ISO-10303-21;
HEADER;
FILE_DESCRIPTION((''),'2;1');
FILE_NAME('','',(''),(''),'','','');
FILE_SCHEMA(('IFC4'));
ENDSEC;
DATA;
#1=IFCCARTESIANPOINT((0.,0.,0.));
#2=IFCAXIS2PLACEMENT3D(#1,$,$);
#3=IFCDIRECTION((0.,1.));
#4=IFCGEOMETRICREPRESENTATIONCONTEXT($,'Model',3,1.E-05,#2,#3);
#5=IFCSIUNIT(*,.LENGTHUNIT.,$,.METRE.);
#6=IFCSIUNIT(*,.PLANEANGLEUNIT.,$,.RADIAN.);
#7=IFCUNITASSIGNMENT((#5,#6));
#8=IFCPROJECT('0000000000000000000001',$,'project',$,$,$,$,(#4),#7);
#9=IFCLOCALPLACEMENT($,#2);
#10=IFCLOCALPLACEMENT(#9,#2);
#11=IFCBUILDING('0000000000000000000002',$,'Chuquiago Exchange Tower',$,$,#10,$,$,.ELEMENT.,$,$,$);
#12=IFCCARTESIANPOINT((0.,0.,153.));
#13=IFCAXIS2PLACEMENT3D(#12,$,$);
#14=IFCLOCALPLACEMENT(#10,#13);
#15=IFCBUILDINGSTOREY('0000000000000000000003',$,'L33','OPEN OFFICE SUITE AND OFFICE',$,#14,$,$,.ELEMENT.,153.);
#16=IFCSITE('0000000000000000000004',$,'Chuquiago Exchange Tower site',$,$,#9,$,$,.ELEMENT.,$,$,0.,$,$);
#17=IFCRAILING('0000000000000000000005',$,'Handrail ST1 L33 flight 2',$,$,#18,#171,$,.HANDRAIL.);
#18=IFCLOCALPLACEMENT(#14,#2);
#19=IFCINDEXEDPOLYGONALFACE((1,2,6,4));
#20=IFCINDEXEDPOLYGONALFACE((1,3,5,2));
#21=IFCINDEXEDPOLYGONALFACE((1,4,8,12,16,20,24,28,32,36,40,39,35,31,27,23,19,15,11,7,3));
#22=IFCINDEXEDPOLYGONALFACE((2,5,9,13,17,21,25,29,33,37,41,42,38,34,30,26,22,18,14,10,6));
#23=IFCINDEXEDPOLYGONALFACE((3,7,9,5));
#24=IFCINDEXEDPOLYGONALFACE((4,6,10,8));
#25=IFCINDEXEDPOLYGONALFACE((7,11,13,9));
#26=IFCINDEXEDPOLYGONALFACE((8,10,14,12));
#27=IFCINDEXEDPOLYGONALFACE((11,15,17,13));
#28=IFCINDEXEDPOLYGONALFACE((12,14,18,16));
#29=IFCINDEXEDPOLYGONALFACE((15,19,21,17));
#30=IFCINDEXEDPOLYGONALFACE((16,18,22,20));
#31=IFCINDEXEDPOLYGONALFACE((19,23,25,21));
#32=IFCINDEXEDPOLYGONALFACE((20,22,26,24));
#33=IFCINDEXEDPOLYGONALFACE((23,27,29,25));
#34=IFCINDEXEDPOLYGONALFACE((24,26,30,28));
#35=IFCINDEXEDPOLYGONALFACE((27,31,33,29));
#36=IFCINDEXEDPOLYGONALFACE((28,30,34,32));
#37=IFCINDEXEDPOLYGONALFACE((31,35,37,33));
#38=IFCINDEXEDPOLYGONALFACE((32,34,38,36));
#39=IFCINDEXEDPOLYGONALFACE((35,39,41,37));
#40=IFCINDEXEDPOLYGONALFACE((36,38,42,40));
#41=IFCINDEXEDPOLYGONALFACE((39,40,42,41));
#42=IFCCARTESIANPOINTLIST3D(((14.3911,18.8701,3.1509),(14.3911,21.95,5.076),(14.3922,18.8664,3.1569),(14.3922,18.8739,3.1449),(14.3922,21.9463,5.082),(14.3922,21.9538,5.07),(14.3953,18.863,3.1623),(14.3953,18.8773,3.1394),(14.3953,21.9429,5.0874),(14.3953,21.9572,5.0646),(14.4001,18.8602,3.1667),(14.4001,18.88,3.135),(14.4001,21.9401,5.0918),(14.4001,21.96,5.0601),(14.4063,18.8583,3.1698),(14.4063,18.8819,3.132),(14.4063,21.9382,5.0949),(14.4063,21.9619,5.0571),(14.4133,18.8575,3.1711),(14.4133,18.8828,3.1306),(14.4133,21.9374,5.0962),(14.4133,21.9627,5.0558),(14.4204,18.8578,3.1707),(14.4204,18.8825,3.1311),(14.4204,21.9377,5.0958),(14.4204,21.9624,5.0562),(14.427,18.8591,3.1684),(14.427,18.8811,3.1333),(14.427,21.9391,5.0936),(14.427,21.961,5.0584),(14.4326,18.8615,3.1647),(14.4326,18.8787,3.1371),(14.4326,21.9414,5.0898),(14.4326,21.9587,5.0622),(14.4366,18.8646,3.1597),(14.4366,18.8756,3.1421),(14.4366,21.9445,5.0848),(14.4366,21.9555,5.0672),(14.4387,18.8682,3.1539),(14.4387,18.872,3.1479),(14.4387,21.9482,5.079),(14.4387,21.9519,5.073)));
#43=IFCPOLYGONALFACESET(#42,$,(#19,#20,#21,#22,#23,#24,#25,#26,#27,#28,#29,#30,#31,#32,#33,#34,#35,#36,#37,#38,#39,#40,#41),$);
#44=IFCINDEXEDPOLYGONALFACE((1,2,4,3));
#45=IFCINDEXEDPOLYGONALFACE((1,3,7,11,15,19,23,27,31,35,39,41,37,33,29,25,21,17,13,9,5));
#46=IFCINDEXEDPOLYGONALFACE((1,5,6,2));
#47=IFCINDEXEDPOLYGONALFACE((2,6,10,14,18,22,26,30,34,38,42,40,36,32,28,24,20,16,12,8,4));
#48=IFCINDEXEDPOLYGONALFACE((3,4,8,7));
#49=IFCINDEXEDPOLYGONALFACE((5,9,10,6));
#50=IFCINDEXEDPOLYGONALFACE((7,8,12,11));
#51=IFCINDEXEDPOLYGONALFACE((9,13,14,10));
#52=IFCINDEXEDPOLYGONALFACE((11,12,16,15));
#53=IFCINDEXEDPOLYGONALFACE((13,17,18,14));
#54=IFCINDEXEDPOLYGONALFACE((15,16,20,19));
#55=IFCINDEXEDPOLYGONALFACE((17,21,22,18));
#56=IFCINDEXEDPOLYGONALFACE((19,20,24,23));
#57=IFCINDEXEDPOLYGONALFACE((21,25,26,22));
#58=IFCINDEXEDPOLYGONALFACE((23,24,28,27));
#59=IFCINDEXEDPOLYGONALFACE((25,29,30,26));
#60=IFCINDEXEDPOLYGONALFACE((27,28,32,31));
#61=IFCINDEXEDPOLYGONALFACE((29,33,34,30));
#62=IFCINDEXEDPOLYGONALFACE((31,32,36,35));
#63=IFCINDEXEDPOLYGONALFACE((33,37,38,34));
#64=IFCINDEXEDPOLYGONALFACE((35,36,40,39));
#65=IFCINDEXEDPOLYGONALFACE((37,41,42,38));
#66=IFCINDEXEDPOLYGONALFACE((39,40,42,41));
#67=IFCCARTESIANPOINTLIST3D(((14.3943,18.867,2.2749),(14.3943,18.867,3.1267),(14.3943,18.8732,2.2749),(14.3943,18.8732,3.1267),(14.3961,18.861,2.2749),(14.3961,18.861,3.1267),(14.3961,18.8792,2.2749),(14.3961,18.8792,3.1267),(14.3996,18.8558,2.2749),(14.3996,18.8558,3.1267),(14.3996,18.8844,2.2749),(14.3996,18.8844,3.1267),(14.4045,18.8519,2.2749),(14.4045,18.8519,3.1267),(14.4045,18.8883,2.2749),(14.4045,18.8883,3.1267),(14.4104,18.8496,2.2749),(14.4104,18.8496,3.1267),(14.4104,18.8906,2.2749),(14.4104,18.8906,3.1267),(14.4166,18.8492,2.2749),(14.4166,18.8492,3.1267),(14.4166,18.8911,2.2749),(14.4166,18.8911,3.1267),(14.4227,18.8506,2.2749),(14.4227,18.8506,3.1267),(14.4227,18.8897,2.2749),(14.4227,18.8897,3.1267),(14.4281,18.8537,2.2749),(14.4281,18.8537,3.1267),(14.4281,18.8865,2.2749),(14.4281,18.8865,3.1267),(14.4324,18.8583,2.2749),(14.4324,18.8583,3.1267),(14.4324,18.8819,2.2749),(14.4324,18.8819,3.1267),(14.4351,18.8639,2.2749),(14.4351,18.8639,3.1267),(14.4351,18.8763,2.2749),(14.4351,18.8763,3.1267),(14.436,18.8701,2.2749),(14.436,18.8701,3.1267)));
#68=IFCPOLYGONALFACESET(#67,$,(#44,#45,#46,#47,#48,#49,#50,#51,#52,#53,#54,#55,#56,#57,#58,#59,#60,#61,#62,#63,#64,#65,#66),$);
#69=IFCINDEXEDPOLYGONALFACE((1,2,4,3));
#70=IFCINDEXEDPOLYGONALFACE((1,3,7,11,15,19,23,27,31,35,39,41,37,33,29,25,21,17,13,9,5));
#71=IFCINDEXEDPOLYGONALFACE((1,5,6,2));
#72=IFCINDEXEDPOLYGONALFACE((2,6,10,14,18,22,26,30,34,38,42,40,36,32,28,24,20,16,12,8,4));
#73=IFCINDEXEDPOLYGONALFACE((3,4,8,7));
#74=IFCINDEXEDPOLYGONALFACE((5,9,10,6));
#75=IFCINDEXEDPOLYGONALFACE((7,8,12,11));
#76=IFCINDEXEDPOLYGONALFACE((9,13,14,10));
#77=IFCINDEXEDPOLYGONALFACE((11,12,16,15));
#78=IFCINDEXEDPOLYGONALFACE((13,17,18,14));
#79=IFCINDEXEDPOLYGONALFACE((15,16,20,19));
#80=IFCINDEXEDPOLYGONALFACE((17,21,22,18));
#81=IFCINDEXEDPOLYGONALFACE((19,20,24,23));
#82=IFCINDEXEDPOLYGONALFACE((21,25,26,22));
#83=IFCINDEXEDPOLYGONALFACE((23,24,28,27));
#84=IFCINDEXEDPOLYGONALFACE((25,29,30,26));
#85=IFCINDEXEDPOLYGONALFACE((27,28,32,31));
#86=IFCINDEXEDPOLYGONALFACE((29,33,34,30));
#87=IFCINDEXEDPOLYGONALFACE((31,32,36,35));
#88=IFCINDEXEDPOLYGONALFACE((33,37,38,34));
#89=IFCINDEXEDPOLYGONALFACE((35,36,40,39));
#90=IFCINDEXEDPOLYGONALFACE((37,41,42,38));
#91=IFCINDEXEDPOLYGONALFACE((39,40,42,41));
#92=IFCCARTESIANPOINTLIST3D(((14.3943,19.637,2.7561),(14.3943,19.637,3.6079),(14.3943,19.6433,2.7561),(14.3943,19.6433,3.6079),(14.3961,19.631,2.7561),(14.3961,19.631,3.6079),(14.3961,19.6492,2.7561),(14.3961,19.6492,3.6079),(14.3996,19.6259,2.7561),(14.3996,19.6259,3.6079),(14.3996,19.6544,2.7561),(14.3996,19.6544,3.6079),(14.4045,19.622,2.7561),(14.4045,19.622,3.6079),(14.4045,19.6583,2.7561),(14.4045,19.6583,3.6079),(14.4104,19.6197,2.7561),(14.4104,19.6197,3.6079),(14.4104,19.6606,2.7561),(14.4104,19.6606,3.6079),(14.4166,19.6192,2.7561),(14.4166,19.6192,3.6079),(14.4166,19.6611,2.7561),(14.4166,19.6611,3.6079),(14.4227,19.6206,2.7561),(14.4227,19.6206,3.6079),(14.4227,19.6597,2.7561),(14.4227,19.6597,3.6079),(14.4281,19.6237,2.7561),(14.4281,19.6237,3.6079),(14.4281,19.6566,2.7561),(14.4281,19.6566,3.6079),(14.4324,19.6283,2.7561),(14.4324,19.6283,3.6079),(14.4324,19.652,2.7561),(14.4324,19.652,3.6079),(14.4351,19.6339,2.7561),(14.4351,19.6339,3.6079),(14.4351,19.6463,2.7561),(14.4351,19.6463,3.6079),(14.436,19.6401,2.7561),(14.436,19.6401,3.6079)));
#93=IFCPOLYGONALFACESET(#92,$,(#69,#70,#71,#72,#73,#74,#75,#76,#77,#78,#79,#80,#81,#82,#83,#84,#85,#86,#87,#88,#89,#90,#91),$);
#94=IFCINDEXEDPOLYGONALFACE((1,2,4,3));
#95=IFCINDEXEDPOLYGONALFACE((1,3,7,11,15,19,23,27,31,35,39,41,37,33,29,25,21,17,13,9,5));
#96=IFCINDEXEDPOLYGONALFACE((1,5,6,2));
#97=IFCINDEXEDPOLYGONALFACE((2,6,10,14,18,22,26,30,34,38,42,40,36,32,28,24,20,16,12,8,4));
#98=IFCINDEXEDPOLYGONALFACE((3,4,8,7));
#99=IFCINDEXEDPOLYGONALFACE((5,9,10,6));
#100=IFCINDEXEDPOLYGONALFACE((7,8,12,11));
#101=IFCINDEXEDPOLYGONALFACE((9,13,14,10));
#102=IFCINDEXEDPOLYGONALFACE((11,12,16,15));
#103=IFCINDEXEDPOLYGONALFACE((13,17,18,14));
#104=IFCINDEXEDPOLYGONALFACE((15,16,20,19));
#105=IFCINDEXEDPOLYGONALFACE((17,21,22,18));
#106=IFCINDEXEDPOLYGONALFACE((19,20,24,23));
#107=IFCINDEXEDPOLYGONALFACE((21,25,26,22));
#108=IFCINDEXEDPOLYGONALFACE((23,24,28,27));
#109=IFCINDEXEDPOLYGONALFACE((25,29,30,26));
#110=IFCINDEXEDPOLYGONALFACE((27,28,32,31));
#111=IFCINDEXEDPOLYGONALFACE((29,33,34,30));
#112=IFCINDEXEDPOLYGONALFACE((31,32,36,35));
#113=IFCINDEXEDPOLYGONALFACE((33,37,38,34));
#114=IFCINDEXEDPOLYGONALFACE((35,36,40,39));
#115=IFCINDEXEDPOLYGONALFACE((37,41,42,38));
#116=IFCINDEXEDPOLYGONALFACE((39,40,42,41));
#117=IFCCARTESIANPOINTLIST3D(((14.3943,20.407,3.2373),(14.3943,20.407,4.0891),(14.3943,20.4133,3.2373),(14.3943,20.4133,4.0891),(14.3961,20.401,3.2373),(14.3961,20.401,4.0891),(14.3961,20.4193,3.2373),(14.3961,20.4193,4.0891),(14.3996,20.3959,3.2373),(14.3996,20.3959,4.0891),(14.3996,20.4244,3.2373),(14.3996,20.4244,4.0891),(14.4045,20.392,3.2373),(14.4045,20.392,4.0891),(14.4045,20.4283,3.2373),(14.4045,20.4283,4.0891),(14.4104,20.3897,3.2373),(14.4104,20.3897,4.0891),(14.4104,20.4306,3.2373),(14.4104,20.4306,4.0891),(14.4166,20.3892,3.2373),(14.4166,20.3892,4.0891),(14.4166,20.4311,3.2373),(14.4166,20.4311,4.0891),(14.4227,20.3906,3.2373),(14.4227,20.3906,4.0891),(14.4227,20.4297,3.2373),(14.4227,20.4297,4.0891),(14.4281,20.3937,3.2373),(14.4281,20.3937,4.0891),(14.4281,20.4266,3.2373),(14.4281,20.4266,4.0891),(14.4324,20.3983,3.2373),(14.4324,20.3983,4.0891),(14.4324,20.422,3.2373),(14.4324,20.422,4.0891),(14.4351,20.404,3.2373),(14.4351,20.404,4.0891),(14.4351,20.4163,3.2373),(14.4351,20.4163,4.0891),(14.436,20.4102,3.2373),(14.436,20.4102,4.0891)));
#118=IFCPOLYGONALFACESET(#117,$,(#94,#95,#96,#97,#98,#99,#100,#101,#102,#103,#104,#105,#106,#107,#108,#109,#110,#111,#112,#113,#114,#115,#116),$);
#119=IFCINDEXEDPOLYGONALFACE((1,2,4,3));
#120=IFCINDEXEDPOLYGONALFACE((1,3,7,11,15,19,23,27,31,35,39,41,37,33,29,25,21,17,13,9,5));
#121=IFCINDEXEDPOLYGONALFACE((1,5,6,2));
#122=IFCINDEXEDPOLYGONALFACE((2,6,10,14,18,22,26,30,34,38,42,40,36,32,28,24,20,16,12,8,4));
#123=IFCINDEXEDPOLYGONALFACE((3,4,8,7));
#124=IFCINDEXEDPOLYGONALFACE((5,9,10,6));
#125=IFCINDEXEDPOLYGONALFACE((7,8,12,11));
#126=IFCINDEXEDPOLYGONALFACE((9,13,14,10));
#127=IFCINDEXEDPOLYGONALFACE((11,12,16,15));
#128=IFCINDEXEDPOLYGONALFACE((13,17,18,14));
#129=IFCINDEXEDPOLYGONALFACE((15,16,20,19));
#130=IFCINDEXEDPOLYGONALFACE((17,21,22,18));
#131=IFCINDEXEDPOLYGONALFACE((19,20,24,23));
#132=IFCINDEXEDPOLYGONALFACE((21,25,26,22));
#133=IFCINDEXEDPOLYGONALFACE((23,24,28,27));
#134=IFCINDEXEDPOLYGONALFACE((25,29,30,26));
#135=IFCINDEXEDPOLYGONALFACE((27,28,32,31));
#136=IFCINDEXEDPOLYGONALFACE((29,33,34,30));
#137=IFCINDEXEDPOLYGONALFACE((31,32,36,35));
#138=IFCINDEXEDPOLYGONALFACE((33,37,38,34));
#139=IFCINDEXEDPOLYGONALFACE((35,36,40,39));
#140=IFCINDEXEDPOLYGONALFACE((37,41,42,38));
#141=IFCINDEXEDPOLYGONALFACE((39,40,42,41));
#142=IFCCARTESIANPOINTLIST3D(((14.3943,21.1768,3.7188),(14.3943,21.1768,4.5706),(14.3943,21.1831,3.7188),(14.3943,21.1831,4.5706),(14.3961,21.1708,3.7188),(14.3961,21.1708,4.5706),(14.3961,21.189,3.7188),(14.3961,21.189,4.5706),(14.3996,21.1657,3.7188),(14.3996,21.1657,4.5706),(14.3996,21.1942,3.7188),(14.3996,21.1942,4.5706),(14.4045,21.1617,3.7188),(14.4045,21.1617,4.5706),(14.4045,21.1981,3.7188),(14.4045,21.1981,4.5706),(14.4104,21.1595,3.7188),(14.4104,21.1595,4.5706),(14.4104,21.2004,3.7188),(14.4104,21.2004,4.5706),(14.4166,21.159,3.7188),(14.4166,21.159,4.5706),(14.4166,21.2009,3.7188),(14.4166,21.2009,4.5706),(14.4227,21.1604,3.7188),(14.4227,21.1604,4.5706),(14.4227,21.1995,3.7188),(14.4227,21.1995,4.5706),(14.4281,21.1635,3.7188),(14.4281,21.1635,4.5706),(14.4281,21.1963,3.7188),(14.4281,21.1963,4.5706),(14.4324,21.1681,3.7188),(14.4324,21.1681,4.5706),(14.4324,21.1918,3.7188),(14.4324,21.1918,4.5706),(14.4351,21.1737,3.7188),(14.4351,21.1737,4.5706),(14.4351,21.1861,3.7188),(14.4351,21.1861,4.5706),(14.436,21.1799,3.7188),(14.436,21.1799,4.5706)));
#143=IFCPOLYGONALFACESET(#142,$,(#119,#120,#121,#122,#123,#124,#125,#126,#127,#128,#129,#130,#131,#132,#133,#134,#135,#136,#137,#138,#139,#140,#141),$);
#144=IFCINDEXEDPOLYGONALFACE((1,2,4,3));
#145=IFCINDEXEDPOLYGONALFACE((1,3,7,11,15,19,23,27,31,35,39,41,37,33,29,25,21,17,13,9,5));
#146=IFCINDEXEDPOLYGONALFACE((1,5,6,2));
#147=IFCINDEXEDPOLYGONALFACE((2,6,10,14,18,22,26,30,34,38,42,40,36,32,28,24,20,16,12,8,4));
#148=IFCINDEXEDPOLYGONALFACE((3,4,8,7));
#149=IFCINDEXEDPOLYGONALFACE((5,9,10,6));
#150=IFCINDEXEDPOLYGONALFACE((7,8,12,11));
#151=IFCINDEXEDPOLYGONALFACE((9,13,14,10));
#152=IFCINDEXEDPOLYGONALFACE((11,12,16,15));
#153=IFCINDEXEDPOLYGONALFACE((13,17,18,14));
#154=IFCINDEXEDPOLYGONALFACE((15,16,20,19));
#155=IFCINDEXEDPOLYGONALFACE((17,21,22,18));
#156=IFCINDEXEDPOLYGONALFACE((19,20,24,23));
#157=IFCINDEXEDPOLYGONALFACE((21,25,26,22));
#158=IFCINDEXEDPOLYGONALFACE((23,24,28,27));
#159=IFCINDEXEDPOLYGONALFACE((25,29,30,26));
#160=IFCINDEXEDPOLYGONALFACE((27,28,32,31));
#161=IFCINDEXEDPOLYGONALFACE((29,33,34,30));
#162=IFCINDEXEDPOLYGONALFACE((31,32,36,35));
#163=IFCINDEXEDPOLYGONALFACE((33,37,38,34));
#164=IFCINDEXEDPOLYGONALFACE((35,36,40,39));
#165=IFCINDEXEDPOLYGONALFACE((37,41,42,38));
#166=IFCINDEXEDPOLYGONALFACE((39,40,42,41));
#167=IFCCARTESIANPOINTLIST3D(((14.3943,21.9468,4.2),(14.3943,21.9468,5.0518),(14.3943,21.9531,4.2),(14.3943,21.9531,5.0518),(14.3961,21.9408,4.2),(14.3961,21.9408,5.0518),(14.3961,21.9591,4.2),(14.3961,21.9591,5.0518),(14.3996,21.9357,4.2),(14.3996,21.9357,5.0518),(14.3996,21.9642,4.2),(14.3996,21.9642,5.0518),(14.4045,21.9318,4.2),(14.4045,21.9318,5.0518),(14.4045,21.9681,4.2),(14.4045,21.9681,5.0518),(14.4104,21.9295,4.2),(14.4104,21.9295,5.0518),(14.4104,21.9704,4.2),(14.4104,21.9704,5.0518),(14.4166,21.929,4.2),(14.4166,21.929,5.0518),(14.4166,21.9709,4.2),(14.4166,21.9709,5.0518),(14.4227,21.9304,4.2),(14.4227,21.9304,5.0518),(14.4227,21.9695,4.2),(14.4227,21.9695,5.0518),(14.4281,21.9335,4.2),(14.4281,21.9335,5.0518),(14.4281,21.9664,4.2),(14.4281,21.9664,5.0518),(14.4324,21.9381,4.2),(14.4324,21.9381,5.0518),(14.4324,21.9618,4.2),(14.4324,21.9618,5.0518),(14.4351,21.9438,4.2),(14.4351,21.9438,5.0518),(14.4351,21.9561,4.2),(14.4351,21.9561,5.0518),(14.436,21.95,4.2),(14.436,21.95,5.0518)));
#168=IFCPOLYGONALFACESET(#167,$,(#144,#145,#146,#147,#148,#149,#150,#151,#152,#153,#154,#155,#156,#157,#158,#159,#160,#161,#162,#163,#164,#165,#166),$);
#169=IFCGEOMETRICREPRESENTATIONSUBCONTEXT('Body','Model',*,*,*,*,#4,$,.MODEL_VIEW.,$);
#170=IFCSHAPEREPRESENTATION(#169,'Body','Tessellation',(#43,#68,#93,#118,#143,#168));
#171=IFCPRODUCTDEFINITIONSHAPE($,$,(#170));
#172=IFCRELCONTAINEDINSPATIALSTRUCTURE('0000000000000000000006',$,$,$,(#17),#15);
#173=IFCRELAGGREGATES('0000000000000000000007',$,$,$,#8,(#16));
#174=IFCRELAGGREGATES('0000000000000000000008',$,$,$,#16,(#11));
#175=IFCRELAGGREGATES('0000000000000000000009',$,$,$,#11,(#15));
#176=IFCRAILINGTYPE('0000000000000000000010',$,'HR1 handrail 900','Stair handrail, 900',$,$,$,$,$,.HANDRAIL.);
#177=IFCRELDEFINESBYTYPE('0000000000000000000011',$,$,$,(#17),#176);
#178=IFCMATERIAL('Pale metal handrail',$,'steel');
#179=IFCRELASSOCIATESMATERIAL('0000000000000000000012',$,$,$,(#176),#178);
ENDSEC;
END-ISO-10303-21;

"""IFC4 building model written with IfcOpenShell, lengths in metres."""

from ifc_helpers import new_model, si_unit, direction, frame, origin, origin_2d, place, context, subcontext, project, spatial, circle, extrude, material, type_object, element, save


model = new_model("IFC4")

# Units and contexts
model_context = context("Model", 3, precision=1e-05, world=origin(), true_north=direction((0.0, 1.0)))
body_context = subcontext(model_context, "Body", "Model", "MODEL_VIEW")
ifc_project = project(units=[si_unit("LENGTHUNIT", "METRE"), si_unit("PLANEANGLEUNIT", "RADIAN")], contexts=[model_context])

# Site, building, storey
site_placement = place(None, origin())
site = spatial("IfcSite", under=ifc_project, at=site_placement, Name="Chuquiago Exchange Tower site", CompositionType="ELEMENT", RefElevation=0.0)
building_placement = place(site_placement, origin())
building = spatial("IfcBuilding", under=site, at=building_placement, Name="Chuquiago Exchange Tower", CompositionType="ELEMENT")
storey_placement = place(building_placement, frame((0.0, 0.0, 153.0)))
storey = spatial("IfcBuildingStorey", under=building, at=storey_placement, Name="L33", Description="OPEN OFFICE SUITE AND OFFICE", CompositionType="ELEMENT", Elevation=153.0)

# Railing
ifc_material_1 = material(Name="Pale metal handrail", Category="steel")
railing_type_1 = type_object("IfcRailingType", Name="HR1 handrail 900", Description="Stair handrail, 900", PredefinedType="HANDRAIL", material=ifc_material_1)
for number, where, name in (
    (1, (14.415, 18.8701, 2.2749), "Handrail ST1 L33 flight 2"),
):
    element("IfcRailing", number, at=place(storey_placement, frame(where)), inside=storey, type_object=railing_type_1, Name=name, PredefinedType="HANDRAIL", context=body_context, shape_type="SweptSolid", body=[
        extrude(circle(Radius=0.0239, at=origin_2d()), frame((0.0, 0.0, 0.876), z_axis=(0.0, 0.847979, 0.530029), x_axis=(-1.0, 0.0, 0.0)), (0.0, 0.0, 1.0), 3.6321),
        extrude(circle(Radius=0.021, at=origin_2d()), origin(), (0.0, 0.0, 1.0), 0.8518),
        extrude(circle(Radius=0.021, at=origin_2d()), frame((0.0, 0.77, 0.4812)), (0.0, 0.0, 1.0), 0.8518),
        extrude(circle(Radius=0.021, at=origin_2d()), frame((0.0, 1.54, 0.9624)), (0.0, 0.0, 1.0), 0.8518),
        extrude(circle(Radius=0.021, at=origin_2d()), frame((0.0, 2.3098, 1.4438)), (0.0, 0.0, 1.0), 0.8518),
        extrude(circle(Radius=0.021, at=origin_2d()), frame((0.0, 3.0798, 1.925)), (0.0, 0.0, 1.0), 0.8518),
    ])

save(model, "model.ifc")
